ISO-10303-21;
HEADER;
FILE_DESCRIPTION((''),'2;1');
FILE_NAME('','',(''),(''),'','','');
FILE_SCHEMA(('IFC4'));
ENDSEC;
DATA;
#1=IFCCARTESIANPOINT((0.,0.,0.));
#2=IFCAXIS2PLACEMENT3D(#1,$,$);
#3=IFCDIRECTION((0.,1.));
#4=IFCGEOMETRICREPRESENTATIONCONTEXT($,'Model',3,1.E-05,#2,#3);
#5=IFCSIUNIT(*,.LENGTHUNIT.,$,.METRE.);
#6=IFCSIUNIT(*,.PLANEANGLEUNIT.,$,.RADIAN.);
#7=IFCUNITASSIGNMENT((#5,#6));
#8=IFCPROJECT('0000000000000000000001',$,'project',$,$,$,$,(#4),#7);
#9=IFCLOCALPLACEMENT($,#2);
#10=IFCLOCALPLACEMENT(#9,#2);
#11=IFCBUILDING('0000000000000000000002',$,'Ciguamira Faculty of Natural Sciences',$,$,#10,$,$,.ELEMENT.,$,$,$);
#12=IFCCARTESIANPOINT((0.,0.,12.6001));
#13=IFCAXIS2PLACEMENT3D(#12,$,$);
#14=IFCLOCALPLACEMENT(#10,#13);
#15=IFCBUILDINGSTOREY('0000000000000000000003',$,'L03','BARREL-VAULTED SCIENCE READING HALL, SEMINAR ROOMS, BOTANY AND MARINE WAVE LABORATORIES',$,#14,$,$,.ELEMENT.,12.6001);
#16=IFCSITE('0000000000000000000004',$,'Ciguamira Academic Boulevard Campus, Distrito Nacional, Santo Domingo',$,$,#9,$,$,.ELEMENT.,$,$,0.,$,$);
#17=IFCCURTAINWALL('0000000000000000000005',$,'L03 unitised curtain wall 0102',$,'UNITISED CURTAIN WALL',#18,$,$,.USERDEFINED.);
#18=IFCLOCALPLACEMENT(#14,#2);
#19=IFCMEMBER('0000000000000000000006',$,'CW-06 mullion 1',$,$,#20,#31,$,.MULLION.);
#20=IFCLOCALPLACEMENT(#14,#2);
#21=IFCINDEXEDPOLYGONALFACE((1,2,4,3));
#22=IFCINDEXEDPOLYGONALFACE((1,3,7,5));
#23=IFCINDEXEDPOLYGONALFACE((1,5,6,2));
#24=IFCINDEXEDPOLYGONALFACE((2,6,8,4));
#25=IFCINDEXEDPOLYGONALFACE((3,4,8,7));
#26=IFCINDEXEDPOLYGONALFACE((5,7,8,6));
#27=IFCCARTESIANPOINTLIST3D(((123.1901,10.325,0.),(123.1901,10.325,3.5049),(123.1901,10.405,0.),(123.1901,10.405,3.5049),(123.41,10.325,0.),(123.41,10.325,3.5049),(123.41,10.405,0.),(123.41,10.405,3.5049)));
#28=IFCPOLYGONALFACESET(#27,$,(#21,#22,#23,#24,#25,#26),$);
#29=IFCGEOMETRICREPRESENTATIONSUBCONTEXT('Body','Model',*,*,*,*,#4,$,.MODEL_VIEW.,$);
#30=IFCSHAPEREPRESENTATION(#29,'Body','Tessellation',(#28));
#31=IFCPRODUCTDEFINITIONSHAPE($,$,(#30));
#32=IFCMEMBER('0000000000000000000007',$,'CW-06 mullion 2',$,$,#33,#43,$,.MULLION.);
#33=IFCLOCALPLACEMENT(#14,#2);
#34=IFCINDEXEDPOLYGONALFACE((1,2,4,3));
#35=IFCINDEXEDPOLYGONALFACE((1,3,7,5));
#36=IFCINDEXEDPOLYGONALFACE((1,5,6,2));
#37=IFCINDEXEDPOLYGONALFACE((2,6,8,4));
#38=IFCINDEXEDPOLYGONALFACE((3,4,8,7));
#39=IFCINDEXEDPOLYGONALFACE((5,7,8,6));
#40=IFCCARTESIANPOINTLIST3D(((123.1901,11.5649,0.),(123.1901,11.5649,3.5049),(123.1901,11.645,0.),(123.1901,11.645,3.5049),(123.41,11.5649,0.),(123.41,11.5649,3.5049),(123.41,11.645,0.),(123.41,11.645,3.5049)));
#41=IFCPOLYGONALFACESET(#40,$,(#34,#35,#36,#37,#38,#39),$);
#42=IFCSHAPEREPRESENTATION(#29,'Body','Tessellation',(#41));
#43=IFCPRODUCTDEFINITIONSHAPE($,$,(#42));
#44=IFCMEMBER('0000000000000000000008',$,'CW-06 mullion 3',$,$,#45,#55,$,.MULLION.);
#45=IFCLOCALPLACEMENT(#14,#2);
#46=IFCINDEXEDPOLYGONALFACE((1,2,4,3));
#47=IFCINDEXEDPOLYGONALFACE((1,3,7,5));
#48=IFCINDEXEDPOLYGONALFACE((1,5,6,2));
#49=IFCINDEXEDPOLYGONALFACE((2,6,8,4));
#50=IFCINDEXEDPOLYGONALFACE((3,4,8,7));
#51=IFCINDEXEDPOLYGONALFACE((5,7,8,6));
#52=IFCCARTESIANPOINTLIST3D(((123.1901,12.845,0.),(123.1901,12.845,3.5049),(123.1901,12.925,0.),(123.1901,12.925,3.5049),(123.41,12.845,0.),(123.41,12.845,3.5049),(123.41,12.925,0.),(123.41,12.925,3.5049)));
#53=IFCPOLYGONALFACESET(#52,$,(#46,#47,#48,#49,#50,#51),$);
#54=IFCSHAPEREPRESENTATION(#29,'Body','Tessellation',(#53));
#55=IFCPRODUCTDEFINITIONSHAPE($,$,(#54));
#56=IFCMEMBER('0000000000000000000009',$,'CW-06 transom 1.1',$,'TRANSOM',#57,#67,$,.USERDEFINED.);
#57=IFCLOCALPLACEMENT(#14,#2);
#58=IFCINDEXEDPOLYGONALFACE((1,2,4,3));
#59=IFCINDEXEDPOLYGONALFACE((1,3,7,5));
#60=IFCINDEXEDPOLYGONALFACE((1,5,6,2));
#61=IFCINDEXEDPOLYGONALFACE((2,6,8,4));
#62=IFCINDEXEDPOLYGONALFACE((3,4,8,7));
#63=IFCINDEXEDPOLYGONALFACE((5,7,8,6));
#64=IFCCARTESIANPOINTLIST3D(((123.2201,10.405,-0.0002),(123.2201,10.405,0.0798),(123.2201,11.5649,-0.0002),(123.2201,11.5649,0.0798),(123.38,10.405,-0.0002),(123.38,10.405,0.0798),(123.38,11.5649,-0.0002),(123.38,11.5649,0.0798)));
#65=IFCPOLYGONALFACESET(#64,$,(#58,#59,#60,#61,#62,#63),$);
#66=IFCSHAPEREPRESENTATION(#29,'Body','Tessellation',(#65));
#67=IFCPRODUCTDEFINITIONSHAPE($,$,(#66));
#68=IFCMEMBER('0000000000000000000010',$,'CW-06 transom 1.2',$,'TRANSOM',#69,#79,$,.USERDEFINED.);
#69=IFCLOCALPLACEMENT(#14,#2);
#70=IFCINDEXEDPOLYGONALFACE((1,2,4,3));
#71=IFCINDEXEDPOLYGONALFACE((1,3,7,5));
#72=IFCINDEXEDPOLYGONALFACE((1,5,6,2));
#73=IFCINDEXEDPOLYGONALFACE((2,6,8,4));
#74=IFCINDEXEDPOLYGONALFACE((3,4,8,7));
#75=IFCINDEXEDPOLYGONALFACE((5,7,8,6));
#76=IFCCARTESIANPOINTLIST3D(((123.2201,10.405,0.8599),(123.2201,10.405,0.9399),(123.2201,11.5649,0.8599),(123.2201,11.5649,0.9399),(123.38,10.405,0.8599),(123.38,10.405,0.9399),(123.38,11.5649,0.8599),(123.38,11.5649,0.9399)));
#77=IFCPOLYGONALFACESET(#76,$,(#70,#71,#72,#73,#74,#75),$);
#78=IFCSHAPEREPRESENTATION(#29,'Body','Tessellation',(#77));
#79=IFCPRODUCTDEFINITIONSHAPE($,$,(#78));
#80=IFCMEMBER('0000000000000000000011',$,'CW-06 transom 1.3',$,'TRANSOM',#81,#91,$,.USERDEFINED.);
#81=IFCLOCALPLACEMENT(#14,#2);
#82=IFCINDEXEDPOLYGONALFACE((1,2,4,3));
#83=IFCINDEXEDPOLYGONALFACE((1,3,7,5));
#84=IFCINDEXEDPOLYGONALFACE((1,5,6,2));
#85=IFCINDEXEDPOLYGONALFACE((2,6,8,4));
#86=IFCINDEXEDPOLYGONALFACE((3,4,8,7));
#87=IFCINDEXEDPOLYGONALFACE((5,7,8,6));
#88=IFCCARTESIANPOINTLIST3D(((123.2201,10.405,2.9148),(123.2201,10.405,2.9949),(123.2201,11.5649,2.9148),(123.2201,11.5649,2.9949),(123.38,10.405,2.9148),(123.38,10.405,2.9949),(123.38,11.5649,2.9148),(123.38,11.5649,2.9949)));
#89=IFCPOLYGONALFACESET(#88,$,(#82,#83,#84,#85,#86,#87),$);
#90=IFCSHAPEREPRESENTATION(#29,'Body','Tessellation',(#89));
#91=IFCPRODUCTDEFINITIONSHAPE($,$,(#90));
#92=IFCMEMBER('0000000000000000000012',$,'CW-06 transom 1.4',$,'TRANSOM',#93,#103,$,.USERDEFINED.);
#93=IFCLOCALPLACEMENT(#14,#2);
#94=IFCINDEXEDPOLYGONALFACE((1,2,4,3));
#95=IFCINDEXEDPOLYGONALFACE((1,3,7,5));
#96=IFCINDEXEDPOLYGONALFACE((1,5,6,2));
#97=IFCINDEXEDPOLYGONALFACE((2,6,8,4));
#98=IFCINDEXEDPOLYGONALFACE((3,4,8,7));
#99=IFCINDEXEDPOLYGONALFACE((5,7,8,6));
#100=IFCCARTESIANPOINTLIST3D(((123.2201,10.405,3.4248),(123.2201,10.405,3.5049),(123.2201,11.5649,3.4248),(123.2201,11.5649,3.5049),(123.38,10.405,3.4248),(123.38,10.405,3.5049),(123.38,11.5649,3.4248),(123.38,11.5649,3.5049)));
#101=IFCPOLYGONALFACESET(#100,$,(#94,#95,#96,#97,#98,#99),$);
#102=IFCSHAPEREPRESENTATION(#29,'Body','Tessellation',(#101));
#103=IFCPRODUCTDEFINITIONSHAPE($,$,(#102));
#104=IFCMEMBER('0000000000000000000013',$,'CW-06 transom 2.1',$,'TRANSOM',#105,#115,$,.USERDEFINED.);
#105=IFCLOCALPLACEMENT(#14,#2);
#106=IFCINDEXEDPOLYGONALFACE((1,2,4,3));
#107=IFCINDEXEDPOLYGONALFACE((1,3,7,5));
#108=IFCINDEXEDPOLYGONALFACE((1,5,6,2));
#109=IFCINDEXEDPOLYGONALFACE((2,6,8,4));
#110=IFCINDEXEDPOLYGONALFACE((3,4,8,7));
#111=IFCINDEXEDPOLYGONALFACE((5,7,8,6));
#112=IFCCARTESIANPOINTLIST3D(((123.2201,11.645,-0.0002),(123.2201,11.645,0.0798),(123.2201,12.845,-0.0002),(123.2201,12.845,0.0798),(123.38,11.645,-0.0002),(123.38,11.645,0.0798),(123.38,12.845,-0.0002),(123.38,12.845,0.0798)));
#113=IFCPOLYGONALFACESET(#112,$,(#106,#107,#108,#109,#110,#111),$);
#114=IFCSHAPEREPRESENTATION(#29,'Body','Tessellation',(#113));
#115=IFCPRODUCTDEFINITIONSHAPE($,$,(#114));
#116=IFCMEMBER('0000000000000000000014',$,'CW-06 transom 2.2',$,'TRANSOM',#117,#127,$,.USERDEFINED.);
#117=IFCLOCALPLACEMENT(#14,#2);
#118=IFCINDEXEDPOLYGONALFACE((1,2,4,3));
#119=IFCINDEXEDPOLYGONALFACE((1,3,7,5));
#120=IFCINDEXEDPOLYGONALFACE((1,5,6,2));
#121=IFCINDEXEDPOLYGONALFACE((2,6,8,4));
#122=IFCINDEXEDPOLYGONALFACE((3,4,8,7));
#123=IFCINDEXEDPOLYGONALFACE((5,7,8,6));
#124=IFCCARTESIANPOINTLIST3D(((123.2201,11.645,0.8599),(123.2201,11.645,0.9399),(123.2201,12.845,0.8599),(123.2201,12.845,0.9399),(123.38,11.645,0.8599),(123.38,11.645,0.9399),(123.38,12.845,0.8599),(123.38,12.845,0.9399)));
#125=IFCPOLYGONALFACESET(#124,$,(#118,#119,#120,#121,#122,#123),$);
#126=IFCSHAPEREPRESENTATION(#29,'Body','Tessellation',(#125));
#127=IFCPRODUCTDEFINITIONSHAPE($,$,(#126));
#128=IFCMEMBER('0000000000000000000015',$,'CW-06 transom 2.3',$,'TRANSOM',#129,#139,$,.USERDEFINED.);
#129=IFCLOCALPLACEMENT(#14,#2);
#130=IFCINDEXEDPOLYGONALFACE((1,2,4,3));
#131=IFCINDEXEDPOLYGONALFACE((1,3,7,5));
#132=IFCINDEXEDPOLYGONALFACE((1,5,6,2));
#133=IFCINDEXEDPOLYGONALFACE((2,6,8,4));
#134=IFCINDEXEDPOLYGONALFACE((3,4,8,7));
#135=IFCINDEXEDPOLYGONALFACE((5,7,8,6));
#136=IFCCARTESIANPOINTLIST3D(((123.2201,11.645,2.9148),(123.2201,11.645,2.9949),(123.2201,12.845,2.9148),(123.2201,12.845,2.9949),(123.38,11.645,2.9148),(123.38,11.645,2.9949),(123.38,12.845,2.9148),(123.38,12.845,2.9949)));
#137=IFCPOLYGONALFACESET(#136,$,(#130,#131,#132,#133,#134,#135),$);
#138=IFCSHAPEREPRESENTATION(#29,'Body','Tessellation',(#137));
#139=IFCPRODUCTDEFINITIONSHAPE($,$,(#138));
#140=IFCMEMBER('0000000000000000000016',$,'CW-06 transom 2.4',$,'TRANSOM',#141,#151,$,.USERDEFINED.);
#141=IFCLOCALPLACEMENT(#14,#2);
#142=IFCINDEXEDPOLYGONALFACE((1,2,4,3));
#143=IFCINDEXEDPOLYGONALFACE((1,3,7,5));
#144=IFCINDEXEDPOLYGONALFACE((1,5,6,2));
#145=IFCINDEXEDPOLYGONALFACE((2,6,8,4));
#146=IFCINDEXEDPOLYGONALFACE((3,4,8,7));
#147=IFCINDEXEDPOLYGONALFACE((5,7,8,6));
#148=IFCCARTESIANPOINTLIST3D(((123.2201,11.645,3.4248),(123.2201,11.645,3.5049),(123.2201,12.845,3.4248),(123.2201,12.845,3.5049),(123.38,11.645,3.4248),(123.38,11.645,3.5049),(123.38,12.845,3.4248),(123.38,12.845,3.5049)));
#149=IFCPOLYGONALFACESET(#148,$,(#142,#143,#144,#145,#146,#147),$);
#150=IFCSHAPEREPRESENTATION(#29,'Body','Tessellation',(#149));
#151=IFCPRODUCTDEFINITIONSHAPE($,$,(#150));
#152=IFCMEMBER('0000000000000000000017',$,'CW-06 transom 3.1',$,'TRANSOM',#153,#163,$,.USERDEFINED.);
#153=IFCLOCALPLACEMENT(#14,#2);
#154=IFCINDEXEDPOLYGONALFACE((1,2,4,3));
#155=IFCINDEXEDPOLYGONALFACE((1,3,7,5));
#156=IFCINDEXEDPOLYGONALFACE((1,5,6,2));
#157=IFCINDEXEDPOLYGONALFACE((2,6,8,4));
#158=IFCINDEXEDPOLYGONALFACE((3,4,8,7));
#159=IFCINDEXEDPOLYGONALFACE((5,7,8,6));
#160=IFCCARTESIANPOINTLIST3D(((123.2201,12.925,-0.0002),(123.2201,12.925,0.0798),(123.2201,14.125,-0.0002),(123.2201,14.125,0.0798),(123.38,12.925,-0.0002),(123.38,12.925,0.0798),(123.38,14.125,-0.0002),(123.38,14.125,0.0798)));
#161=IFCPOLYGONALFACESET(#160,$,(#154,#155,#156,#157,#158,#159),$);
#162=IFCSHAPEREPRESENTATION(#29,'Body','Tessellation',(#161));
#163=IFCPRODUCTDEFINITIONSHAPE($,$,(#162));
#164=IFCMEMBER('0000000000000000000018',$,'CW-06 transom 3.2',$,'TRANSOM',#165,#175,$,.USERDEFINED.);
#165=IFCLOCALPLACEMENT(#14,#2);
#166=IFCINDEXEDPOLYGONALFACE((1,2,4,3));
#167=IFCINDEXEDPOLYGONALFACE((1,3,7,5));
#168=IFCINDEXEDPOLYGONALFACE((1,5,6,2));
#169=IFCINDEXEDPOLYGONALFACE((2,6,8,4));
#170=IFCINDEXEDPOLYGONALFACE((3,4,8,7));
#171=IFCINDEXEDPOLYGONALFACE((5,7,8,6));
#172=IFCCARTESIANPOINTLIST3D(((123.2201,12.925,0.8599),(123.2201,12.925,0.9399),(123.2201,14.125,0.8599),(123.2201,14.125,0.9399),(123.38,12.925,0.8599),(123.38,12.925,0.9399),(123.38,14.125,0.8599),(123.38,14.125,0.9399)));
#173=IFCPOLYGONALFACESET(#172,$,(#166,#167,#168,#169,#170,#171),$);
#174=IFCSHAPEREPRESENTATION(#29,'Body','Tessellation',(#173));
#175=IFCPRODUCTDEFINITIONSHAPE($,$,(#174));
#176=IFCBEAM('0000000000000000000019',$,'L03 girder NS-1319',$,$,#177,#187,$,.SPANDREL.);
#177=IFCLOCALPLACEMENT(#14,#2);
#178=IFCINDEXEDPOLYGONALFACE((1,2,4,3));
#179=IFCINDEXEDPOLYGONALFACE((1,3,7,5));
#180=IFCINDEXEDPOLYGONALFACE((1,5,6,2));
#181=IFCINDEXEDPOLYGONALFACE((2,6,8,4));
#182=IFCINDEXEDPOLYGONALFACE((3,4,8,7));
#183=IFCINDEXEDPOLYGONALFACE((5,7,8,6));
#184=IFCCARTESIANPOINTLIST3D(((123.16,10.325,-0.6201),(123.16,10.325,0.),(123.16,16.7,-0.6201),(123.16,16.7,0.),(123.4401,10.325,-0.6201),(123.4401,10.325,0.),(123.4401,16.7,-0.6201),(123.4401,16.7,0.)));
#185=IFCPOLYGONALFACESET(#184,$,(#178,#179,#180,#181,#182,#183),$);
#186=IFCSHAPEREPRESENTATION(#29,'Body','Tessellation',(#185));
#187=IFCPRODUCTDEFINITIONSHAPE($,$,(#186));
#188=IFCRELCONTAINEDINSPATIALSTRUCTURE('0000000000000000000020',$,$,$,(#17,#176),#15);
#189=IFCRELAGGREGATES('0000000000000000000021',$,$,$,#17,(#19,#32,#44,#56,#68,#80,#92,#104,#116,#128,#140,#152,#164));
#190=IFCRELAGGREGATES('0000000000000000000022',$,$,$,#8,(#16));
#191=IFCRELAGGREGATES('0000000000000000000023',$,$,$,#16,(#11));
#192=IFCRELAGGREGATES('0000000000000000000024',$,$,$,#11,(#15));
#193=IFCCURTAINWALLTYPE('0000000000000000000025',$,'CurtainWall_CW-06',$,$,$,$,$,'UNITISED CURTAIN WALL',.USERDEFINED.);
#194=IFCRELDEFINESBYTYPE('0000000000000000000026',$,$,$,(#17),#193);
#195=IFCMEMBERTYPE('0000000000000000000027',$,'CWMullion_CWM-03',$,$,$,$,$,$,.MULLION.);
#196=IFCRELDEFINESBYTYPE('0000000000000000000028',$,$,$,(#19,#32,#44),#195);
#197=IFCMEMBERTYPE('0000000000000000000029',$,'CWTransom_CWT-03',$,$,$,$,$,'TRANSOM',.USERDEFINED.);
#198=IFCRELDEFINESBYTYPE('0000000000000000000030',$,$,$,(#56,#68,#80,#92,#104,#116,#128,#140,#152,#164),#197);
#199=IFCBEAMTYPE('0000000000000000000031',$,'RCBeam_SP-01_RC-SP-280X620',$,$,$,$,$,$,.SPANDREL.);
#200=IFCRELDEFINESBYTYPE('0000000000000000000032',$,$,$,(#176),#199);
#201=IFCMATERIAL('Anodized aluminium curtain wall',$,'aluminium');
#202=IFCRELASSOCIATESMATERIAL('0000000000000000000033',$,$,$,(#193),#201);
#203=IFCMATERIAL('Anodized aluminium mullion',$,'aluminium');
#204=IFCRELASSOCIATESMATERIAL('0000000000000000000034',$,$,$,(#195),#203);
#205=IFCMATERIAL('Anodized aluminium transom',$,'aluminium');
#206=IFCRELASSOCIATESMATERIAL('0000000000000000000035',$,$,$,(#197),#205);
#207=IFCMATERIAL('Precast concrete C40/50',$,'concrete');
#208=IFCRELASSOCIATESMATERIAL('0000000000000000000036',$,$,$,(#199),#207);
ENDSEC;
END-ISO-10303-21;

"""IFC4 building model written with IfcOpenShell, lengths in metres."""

from ifc_helpers import new_model, si_unit, direction, frame, origin, origin_2d, place, context, subcontext, project, spatial, rectangle, extrude, material, material_profile, profile_set, type_object, element, aggregate, save


model = new_model("IFC4")

# Units and contexts
model_context = context("Model", 3, precision=1e-05, world=origin(), true_north=direction((0.0, 1.0)))
body_context = subcontext(model_context, "Body", "Model", "MODEL_VIEW")
ifc_project = project(units=[si_unit("LENGTHUNIT", "METRE"), si_unit("PLANEANGLEUNIT", "RADIAN")], contexts=[model_context])

# Site, building, storey
site_placement = place(None, origin())
site = spatial("IfcSite", under=ifc_project, at=site_placement, Name="Ciguamira Academic Boulevard Campus, Distrito Nacional, Santo Domingo", CompositionType="ELEMENT", RefElevation=0.0)
building_placement = place(site_placement, origin())
building = spatial("IfcBuilding", under=site, at=building_placement, Name="Ciguamira Faculty of Natural Sciences", CompositionType="ELEMENT")
storey_placement = place(building_placement, frame((0.0, 0.0, 12.6001)))
storey = spatial("IfcBuildingStorey", under=building, at=storey_placement, Name="L03", Description="BARREL-VAULTED SCIENCE READING HALL, SEMINAR ROOMS, BOTANY AND MARINE WAVE LABORATORIES", CompositionType="ELEMENT", Elevation=12.6001)

# Curtain wall, members
ifc_material_1 = material(Name="Anodized aluminium curtain wall", Category="aluminium")
curtain_wall_type = type_object("IfcCurtainWallType", Name="CurtainWall_CW-06", ElementType="UNITISED CURTAIN WALL", PredefinedType="USERDEFINED", material=ifc_material_1)
curtain_wall_placement = place(storey_placement, origin())
curtain_wall = element("IfcCurtainWall", 1, at=curtain_wall_placement, inside=storey, type_object=curtain_wall_type, Name="L03 unitised curtain wall 0102", ObjectType="UNITISED CURTAIN WALL", PredefinedType="USERDEFINED")
ifc_material_2 = material(Name="Anodized aluminium mullion", Category="aluminium")
ifc_material_profile_1 = material_profile(ifc_material_2, rectangle(XDim=0.0801, YDim=0.22, at=origin_2d()), Name="ALU-MUL-80X220")
ifc_profile_set_1 = profile_set([ifc_material_profile_1], Name="Anodized aluminium mullion")
member_type_1 = type_object("IfcMemberType", Name="CWMullion_CWM-03", PredefinedType="MULLION", material=ifc_profile_set_1)
member_1_placement = place(storey_placement, frame((123.3, 10.365, 0.0), z_axis=(0.0, 0.0, 1.0), x_axis=(0.0, 1.0, 0.0)))
member_1 = element("IfcMember", 2, at=member_1_placement, type_object=member_type_1, Name="CW-06 mullion 1", PredefinedType="MULLION", context=body_context, shape_type="SweptSolid", body=[
    extrude(rectangle(XDim=0.0801, YDim=0.22, at=origin_2d()), origin(), (0.0, 0.0, 1.0), 3.5049),
])
member_2_placement = place(storey_placement, frame((123.3, 11.605, 0.0), z_axis=(0.0, 0.0, 1.0), x_axis=(0.0, 1.0, 0.0)))
member_2 = element("IfcMember", 3, at=member_2_placement, type_object=member_type_1, Name="CW-06 mullion 2", PredefinedType="MULLION", context=body_context, shape_type="SweptSolid", body=[
    extrude(rectangle(XDim=0.0801, YDim=0.22, at=origin_2d()), origin(), (0.0, 0.0, 1.0), 3.5049),
])
member_3_placement = place(storey_placement, frame((123.3, 12.885, 0.0), z_axis=(0.0, 0.0, 1.0), x_axis=(0.0, 1.0, 0.0)))
member_3 = element("IfcMember", 4, at=member_3_placement, type_object=member_type_1, Name="CW-06 mullion 3", PredefinedType="MULLION", context=body_context, shape_type="SweptSolid", body=[
    extrude(rectangle(XDim=0.0801, YDim=0.22, at=origin_2d()), origin(), (0.0, 0.0, 1.0), 3.5049),
])
ifc_material_3 = material(Name="Anodized aluminium transom", Category="aluminium")
ifc_material_profile_2 = material_profile(ifc_material_3, rectangle(XDim=0.0801, YDim=0.1599, at=origin_2d()), Name="ALU-TRN-80X160")
ifc_profile_set_2 = profile_set([ifc_material_profile_2], Name="Anodized aluminium transom")
member_type_2 = type_object("IfcMemberType", Name="CWTransom_CWT-03", ElementType="TRANSOM", PredefinedType="USERDEFINED", material=ifc_profile_set_2)
member_4_placement = place(storey_placement, frame((123.3, 10.405, 0.0398), z_axis=(0.0, 1.0, 0.0), x_axis=(0.0, 0.0, 1.0)))
member_4 = element("IfcMember", 5, at=member_4_placement, type_object=member_type_2, Name="CW-06 transom 1.1", ObjectType="TRANSOM", PredefinedType="USERDEFINED", context=body_context, shape_type="SweptSolid", body=[
    extrude(rectangle(XDim=0.0801, YDim=0.1599, at=origin_2d()), origin(), (0.0, 0.0, 1.0), 1.1599),
])
member_5_placement = place(storey_placement, frame((123.3, 10.405, 0.8999), z_axis=(0.0, 1.0, 0.0), x_axis=(0.0, 0.0, 1.0)))
member_5 = element("IfcMember", 6, at=member_5_placement, type_object=member_type_2, Name="CW-06 transom 1.2", ObjectType="TRANSOM", PredefinedType="USERDEFINED", context=body_context, shape_type="SweptSolid", body=[
    extrude(rectangle(XDim=0.0801, YDim=0.1599, at=origin_2d()), origin(), (0.0, 0.0, 1.0), 1.1599),
])
member_6_placement = place(storey_placement, frame((123.3, 10.405, 2.9548), z_axis=(0.0, 1.0, 0.0), x_axis=(0.0, 0.0, 1.0)))
member_6 = element("IfcMember", 7, at=member_6_placement, type_object=member_type_2, Name="CW-06 transom 1.3", ObjectType="TRANSOM", PredefinedType="USERDEFINED", context=body_context, shape_type="SweptSolid", body=[
    extrude(rectangle(XDim=0.0801, YDim=0.1599, at=origin_2d()), origin(), (0.0, 0.0, 1.0), 1.1599),
])
member_7_placement = place(storey_placement, frame((123.3, 10.405, 3.4648), z_axis=(0.0, 1.0, 0.0), x_axis=(0.0, 0.0, 1.0)))
member_7 = element("IfcMember", 8, at=member_7_placement, type_object=member_type_2, Name="CW-06 transom 1.4", ObjectType="TRANSOM", PredefinedType="USERDEFINED", context=body_context, shape_type="SweptSolid", body=[
    extrude(rectangle(XDim=0.0801, YDim=0.1599, at=origin_2d()), origin(), (0.0, 0.0, 1.0), 1.1599),
])
member_8_placement = place(storey_placement, frame((123.3, 11.645, 0.0398), z_axis=(0.0, 1.0, 0.0), x_axis=(0.0, 0.0, 1.0)))
member_8 = element("IfcMember", 9, at=member_8_placement, type_object=member_type_2, Name="CW-06 transom 2.1", ObjectType="TRANSOM", PredefinedType="USERDEFINED", context=body_context, shape_type="SweptSolid", body=[
    extrude(rectangle(XDim=0.0801, YDim=0.1599, at=origin_2d()), origin(), (0.0, 0.0, 1.0), 1.2),
])
member_9_placement = place(storey_placement, frame((123.3, 11.645, 0.8999), z_axis=(0.0, 1.0, 0.0), x_axis=(0.0, 0.0, 1.0)))
member_9 = element("IfcMember", 10, at=member_9_placement, type_object=member_type_2, Name="CW-06 transom 2.2", ObjectType="TRANSOM", PredefinedType="USERDEFINED", context=body_context, shape_type="SweptSolid", body=[
    extrude(rectangle(XDim=0.0801, YDim=0.1599, at=origin_2d()), origin(), (0.0, 0.0, 1.0), 1.2),
])
member_10_placement = place(storey_placement, frame((123.3, 11.645, 2.9548), z_axis=(0.0, 1.0, 0.0), x_axis=(0.0, 0.0, 1.0)))
member_10 = element("IfcMember", 11, at=member_10_placement, type_object=member_type_2, Name="CW-06 transom 2.3", ObjectType="TRANSOM", PredefinedType="USERDEFINED", context=body_context, shape_type="SweptSolid", body=[
    extrude(rectangle(XDim=0.0801, YDim=0.1599, at=origin_2d()), origin(), (0.0, 0.0, 1.0), 1.2),
])
member_11_placement = place(storey_placement, frame((123.3, 11.645, 3.4648), z_axis=(0.0, 1.0, 0.0), x_axis=(0.0, 0.0, 1.0)))
member_11 = element("IfcMember", 12, at=member_11_placement, type_object=member_type_2, Name="CW-06 transom 2.4", ObjectType="TRANSOM", PredefinedType="USERDEFINED", context=body_context, shape_type="SweptSolid", body=[
    extrude(rectangle(XDim=0.0801, YDim=0.1599, at=origin_2d()), origin(), (0.0, 0.0, 1.0), 1.2),
])
member_12_placement = place(storey_placement, frame((123.3, 12.925, 0.0398), z_axis=(0.0, 1.0, 0.0), x_axis=(0.0, 0.0, 1.0)))
member_12 = element("IfcMember", 13, at=member_12_placement, type_object=member_type_2, Name="CW-06 transom 3.1", ObjectType="TRANSOM", PredefinedType="USERDEFINED", context=body_context, shape_type="SweptSolid", body=[
    extrude(rectangle(XDim=0.0801, YDim=0.1599, at=origin_2d()), origin(), (0.0, 0.0, 1.0), 1.2),
])
member_13_placement = place(storey_placement, frame((123.3, 12.925, 0.8999), z_axis=(0.0, 1.0, 0.0), x_axis=(0.0, 0.0, 1.0)))
member_13 = element("IfcMember", 14, at=member_13_placement, type_object=member_type_2, Name="CW-06 transom 3.2", ObjectType="TRANSOM", PredefinedType="USERDEFINED", context=body_context, shape_type="SweptSolid", body=[
    extrude(rectangle(XDim=0.0801, YDim=0.1599, at=origin_2d()), origin(), (0.0, 0.0, 1.0), 1.2),
])

# Beam
ifc_material_4 = material(Name="Precast concrete C40/50", Category="concrete")
ifc_material_profile_3 = material_profile(ifc_material_4, rectangle(XDim=0.28, YDim=0.6201, at=origin_2d()), Name="RC-SP-280X620")
ifc_profile_set_3 = profile_set([ifc_material_profile_3], Name="Precast concrete C40/50")
beam_type = type_object("IfcBeamType", Name="RCBeam_SP-01_RC-SP-280X620", PredefinedType="SPANDREL", material=ifc_profile_set_3)
beam_placement = place(storey_placement, frame((123.3, 10.325, -0.3101), z_axis=(0.0, 1.0, 0.0), x_axis=(-1.0, 0.0, 0.0)))
element("IfcBeam", 15, at=beam_placement, inside=storey, type_object=beam_type, Name="L03 girder NS-1319", PredefinedType="SPANDREL", context=body_context, shape_type="SweptSolid", body=[
    extrude(rectangle(XDim=0.28, YDim=0.6201, at=origin_2d()), origin(), (0.0, 0.0, 1.0), 6.375),
])

aggregate(curtain_wall, [member_1, member_2, member_3, member_4, member_5, member_6, member_7, member_8, member_9, member_10, member_11, member_12, member_13])

save(model, "model.ifc")
